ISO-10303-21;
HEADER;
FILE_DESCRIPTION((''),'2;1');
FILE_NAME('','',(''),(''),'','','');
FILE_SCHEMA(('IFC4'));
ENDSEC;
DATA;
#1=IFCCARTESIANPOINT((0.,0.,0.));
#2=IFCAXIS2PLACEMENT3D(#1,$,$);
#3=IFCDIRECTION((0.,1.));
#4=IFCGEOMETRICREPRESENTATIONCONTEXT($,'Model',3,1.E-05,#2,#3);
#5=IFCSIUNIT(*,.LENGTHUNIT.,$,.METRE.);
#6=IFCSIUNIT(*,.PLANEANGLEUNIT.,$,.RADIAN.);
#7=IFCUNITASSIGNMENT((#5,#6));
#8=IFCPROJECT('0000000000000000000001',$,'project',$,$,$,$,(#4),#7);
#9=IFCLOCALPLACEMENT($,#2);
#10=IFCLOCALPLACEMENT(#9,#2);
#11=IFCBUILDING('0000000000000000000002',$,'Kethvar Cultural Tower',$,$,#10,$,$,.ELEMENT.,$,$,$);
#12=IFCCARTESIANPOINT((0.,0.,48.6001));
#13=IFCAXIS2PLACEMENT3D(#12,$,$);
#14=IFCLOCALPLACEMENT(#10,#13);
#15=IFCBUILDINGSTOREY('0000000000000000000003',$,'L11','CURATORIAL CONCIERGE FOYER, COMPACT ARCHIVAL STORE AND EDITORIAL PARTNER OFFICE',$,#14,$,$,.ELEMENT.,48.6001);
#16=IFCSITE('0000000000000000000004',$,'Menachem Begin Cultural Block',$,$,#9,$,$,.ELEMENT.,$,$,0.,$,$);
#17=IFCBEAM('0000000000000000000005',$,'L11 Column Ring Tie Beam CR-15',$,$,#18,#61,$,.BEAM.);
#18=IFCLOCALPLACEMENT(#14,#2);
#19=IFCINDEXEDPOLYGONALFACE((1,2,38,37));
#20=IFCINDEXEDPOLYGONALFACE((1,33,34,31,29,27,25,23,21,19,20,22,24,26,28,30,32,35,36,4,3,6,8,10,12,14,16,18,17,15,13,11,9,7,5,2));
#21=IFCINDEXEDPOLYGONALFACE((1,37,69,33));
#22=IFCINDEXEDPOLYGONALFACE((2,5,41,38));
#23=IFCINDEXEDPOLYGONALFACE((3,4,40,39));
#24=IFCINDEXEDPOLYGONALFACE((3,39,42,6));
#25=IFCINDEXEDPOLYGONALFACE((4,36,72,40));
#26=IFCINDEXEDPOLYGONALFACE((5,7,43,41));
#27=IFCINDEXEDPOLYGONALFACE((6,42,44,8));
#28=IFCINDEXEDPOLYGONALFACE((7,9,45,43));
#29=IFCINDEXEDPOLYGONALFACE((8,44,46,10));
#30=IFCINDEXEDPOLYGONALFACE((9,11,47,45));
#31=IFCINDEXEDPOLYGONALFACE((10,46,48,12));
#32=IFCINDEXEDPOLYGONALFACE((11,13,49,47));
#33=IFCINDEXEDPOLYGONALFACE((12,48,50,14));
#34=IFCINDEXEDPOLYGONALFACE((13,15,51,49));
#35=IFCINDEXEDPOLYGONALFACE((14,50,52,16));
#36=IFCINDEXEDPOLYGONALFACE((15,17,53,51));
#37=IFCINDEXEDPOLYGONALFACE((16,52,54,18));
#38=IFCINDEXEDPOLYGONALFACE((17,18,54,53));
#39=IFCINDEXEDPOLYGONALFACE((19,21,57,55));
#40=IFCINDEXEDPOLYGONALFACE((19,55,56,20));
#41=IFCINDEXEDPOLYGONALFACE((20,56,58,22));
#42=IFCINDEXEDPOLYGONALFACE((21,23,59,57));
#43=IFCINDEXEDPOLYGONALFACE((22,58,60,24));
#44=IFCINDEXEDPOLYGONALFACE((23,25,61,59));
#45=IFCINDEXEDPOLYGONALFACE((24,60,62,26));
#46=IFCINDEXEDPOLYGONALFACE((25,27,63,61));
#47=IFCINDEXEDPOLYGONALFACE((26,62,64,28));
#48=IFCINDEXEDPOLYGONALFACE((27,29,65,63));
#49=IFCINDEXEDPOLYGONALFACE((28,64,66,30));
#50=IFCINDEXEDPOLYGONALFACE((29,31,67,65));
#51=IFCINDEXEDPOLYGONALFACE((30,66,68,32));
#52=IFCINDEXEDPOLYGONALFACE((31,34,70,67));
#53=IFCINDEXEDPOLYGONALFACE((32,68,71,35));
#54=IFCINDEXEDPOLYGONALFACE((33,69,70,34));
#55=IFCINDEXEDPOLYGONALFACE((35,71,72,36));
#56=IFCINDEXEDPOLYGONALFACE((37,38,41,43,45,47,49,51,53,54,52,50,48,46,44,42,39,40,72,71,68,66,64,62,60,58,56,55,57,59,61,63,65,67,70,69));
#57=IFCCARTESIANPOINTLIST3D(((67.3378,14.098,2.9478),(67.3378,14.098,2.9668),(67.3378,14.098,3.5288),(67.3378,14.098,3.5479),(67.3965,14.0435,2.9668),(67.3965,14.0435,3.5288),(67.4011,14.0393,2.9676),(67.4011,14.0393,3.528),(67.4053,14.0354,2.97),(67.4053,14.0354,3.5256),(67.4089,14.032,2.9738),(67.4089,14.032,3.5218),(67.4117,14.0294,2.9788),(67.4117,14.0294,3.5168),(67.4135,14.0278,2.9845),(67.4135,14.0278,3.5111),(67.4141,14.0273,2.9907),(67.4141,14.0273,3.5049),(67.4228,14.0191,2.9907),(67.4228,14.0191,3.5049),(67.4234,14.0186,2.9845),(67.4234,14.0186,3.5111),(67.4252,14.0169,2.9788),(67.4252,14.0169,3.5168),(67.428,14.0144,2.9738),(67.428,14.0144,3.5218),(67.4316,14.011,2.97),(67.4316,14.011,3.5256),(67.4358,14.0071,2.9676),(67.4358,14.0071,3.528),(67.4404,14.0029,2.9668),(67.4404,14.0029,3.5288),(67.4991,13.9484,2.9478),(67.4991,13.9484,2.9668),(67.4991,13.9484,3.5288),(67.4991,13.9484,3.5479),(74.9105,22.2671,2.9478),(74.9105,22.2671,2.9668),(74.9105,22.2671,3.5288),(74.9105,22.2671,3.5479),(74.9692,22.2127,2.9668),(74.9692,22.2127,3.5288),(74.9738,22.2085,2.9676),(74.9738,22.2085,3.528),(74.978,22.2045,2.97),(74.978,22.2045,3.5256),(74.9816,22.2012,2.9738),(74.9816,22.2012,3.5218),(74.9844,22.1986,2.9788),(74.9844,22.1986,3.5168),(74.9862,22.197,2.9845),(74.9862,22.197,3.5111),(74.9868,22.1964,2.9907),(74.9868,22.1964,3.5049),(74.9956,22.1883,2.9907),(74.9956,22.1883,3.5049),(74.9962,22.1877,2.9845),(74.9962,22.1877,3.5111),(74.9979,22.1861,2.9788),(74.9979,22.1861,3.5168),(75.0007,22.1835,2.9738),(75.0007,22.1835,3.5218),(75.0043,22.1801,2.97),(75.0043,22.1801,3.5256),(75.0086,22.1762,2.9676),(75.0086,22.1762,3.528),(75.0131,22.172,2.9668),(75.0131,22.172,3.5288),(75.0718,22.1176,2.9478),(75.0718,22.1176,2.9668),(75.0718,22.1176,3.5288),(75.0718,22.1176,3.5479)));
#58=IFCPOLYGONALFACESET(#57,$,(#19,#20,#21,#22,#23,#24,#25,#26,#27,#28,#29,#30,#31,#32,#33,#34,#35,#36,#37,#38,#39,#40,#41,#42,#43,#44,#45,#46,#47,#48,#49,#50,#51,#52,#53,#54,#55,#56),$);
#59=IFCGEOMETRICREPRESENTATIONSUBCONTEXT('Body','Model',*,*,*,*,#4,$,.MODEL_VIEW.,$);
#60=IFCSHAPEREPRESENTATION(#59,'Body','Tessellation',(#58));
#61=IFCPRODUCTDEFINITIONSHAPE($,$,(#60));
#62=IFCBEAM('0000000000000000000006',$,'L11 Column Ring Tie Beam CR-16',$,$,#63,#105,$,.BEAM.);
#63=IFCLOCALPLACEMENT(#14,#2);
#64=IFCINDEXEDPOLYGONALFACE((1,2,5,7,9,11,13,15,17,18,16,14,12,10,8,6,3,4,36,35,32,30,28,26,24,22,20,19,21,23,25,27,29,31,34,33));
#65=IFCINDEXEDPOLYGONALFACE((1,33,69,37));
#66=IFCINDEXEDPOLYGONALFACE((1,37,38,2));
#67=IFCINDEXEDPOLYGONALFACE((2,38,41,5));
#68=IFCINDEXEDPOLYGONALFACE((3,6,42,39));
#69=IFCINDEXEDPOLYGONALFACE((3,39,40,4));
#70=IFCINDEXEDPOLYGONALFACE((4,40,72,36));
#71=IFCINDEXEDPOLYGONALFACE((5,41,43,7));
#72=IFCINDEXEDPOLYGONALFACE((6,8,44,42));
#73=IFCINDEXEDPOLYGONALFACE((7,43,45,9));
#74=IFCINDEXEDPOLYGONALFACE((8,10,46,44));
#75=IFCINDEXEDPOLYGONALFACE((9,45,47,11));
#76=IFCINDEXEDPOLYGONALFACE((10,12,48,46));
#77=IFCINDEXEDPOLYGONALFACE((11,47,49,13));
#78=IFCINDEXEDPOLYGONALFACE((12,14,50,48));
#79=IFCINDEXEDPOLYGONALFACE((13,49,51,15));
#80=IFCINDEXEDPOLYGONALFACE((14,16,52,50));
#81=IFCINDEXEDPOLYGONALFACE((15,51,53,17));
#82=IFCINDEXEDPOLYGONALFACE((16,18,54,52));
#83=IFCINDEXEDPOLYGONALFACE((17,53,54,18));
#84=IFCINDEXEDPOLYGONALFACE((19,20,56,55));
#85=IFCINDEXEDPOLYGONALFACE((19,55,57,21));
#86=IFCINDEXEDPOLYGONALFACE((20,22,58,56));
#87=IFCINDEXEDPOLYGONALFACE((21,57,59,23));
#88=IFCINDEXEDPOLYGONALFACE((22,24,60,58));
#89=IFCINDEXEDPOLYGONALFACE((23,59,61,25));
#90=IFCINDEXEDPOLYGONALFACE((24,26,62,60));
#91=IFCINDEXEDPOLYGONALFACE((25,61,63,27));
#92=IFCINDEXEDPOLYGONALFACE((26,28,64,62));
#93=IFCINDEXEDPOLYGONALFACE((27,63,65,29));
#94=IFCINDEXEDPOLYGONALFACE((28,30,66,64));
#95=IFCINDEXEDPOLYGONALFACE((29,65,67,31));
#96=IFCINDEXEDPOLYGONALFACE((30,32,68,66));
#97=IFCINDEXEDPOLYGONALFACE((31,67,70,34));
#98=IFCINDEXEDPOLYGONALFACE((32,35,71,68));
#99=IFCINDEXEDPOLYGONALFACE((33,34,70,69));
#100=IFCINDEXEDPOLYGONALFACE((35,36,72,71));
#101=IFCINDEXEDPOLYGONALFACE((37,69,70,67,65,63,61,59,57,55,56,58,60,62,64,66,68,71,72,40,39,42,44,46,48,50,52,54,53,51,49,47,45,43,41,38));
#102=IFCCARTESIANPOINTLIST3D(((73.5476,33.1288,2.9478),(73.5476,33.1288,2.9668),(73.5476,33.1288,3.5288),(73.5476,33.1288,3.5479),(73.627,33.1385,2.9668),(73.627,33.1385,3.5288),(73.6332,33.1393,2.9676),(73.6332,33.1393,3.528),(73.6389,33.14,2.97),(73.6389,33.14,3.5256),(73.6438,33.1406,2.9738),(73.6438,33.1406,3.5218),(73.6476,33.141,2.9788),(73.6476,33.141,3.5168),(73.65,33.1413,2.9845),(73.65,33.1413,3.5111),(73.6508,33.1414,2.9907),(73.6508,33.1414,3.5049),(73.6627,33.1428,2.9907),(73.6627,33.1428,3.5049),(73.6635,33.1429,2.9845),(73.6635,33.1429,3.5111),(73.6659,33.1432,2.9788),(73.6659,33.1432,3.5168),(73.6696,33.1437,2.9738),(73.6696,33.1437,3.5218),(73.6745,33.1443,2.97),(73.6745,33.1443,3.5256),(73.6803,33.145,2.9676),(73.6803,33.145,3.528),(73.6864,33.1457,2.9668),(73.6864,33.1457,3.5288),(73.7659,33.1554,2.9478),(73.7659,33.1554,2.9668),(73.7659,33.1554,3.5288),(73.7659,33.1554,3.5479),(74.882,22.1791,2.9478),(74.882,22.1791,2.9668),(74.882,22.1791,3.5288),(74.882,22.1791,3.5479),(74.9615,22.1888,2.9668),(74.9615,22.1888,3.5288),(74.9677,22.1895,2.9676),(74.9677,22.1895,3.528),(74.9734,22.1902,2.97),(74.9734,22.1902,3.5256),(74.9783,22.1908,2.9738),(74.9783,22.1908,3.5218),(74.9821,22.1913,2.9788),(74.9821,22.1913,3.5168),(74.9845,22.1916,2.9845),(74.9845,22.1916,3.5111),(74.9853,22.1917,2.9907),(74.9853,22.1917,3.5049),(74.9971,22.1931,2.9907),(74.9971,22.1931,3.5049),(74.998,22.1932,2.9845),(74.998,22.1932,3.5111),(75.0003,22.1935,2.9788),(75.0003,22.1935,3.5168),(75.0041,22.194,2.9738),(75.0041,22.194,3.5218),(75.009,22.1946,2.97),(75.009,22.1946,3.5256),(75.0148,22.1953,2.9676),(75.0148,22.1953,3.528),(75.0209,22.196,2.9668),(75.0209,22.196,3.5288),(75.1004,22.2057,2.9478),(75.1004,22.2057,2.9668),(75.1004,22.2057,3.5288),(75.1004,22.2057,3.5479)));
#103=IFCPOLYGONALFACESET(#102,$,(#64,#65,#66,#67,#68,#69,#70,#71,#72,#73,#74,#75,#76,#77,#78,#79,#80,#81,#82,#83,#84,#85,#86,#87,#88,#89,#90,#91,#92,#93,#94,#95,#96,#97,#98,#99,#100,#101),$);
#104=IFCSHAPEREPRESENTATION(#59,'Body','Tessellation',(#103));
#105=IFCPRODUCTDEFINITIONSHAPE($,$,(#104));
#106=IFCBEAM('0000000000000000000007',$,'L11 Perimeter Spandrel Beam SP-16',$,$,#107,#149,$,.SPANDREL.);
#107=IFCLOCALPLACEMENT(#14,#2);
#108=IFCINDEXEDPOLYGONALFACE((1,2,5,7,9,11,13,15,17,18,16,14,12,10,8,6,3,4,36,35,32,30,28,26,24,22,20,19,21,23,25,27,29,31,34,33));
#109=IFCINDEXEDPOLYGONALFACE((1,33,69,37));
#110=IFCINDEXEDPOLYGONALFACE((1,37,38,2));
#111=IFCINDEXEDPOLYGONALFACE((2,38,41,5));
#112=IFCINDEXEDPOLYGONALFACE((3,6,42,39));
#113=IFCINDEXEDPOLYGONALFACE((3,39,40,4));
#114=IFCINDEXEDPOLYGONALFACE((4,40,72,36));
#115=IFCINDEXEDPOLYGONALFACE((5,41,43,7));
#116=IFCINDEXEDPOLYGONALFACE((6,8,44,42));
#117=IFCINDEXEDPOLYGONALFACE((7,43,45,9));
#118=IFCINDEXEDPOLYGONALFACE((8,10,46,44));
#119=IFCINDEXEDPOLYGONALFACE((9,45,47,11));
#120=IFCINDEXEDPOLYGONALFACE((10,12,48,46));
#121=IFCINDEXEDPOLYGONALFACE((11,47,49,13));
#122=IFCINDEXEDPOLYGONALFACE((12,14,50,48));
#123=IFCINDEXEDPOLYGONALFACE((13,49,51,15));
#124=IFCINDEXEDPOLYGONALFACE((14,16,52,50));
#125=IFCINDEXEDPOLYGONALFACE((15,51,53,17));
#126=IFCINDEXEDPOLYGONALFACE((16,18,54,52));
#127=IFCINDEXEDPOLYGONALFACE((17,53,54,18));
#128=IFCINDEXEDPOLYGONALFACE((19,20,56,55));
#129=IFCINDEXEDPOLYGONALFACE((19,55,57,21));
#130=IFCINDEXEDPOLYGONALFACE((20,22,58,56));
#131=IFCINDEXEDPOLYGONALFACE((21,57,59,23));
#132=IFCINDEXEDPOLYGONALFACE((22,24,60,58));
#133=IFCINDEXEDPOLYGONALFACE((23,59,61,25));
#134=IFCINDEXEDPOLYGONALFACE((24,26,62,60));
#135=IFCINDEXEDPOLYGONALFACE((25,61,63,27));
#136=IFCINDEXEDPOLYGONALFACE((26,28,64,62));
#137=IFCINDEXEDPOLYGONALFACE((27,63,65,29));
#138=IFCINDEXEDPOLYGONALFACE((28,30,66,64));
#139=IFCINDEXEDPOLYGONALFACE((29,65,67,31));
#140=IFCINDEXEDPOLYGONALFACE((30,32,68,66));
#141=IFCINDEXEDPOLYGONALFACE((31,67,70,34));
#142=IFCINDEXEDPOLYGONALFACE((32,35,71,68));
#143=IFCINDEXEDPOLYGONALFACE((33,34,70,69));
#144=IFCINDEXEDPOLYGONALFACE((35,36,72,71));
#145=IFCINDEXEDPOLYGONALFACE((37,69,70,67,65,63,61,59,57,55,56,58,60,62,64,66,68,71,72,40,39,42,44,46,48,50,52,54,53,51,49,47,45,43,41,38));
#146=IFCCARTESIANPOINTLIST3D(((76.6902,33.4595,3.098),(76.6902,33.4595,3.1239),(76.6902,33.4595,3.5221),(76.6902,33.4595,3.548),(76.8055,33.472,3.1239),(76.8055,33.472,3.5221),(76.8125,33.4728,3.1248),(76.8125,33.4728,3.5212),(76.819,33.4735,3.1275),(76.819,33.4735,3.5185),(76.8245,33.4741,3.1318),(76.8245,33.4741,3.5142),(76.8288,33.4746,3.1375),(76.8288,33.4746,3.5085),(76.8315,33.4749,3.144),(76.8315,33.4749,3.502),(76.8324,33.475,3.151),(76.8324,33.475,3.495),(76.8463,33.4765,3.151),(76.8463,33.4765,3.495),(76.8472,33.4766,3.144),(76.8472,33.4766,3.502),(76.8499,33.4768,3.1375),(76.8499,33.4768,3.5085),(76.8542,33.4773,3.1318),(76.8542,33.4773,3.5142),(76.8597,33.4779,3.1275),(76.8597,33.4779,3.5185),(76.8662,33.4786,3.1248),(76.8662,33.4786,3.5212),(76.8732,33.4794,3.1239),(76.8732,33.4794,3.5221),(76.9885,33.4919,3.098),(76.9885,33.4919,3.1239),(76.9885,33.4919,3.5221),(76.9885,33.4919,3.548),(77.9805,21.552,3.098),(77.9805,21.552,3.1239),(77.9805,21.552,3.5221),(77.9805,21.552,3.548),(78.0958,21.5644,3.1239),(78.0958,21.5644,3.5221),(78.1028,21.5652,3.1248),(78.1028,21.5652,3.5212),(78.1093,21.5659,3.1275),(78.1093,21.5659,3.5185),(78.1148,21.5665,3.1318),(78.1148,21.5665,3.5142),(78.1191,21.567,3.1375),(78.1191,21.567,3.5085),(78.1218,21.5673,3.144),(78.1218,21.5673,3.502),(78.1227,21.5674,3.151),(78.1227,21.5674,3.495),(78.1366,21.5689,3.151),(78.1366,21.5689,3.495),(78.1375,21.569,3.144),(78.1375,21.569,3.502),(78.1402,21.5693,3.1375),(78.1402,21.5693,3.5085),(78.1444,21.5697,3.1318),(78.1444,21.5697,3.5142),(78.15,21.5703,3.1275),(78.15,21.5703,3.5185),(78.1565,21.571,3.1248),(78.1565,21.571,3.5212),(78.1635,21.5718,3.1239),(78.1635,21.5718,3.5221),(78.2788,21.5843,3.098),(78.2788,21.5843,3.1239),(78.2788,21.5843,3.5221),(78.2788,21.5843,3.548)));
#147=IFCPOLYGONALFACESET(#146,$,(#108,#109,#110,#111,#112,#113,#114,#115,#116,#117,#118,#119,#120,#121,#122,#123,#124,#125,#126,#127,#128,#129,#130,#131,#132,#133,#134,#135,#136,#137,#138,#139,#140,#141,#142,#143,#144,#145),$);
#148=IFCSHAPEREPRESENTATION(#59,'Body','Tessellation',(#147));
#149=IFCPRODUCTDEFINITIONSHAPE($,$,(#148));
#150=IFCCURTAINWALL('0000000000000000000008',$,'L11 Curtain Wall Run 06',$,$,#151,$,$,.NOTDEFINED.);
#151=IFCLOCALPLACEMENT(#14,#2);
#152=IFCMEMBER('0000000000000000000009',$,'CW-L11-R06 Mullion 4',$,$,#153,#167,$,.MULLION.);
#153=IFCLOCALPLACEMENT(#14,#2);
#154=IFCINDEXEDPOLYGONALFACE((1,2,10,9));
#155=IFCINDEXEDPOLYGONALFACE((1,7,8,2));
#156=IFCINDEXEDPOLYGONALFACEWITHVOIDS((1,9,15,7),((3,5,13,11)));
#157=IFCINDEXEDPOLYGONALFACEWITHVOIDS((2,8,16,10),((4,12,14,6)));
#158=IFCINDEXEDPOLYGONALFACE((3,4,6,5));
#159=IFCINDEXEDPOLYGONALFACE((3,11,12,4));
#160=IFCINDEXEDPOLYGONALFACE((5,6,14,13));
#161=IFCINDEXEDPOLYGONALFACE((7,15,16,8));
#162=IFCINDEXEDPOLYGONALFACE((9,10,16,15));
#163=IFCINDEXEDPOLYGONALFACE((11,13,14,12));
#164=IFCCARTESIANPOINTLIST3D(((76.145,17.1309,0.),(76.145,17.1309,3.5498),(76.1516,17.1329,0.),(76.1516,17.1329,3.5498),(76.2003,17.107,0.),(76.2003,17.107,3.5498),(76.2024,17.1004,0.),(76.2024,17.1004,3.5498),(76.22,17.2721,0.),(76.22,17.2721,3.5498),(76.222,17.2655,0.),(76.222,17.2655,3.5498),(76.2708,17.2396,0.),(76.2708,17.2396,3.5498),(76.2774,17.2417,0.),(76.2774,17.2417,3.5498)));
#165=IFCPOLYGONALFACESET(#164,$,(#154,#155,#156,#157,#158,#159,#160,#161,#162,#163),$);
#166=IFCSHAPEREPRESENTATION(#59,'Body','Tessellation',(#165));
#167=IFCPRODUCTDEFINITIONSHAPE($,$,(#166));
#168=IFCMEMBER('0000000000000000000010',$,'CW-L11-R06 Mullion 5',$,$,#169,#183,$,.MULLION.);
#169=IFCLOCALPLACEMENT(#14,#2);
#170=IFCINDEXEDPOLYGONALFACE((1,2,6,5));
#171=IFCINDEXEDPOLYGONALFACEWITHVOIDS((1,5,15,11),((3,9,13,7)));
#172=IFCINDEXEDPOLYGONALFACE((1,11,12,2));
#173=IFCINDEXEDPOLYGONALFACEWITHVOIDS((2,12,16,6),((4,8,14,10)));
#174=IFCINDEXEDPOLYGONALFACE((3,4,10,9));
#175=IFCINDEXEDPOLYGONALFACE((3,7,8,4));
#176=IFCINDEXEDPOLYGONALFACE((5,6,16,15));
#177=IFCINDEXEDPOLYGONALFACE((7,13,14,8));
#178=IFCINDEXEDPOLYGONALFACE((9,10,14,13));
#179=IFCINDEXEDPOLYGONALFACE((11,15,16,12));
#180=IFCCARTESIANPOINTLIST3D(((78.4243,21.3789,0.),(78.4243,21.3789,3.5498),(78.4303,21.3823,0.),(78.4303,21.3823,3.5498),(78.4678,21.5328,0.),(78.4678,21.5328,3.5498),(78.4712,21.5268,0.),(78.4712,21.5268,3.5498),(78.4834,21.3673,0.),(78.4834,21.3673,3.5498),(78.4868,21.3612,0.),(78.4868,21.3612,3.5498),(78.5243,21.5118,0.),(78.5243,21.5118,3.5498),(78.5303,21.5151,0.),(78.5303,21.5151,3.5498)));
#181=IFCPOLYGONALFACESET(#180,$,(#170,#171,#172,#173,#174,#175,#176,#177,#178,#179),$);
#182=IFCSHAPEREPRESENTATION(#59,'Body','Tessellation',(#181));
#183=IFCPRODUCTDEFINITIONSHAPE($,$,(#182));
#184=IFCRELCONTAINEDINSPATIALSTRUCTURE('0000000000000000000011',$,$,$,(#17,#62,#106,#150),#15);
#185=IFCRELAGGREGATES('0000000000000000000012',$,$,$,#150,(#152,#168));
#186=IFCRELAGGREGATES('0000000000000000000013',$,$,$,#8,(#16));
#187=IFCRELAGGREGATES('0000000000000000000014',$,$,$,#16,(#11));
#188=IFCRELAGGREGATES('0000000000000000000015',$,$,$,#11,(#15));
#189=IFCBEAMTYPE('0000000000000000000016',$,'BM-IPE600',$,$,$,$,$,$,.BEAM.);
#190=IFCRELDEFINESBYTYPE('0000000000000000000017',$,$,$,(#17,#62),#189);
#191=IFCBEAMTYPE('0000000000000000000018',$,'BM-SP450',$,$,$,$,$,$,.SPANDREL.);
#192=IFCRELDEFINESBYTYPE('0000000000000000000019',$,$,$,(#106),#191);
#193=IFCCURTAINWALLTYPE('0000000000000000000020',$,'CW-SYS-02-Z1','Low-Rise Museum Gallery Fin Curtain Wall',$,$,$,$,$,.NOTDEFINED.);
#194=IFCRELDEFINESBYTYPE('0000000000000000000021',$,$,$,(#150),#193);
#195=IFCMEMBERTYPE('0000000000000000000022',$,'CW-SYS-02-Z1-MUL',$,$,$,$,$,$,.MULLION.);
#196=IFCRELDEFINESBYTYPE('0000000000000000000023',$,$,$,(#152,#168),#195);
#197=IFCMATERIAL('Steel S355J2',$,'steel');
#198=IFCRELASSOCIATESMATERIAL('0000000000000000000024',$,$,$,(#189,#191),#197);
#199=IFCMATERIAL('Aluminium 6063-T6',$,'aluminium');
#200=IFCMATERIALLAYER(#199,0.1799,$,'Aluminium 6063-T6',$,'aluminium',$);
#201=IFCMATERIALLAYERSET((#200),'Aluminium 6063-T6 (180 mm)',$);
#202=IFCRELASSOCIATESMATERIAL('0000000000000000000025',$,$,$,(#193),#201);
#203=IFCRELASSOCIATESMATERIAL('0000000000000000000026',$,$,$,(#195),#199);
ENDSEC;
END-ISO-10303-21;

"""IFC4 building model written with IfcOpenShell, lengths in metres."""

from ifc_helpers import new_model, si_unit, direction, frame, origin, origin_2d, place, context, subcontext, project, spatial, hollow_rectangle, i_section, extrude, source, transform, mapped, material, layer, layer_set, material_profile, profile_set, type_object, element, aggregate, save


model = new_model("IFC4")

# Units and contexts
model_context = context("Model", 3, precision=1e-05, world=origin(), true_north=direction((0.0, 1.0)))
body_context = subcontext(model_context, "Body", "Model", "MODEL_VIEW")
ifc_project = project(units=[si_unit("LENGTHUNIT", "METRE"), si_unit("PLANEANGLEUNIT", "RADIAN")], contexts=[model_context])

# Site, building, storey
site_placement = place(None, origin())
site = spatial("IfcSite", under=ifc_project, at=site_placement, Name="Menachem Begin Cultural Block", CompositionType="ELEMENT", RefElevation=0.0)
building_placement = place(site_placement, origin())
building = spatial("IfcBuilding", under=site, at=building_placement, Name="Kethvar Cultural Tower", CompositionType="ELEMENT")
storey_placement = place(building_placement, frame((0.0, 0.0, 48.6001)))
storey = spatial("IfcBuildingStorey", under=building, at=storey_placement, Name="L11", Description="CURATORIAL CONCIERGE FOYER, COMPACT ARCHIVAL STORE AND EDITORIAL PARTNER OFFICE", CompositionType="ELEMENT", Elevation=48.6001)

# Beams
ifc_material_1 = material(Name="Steel S355J2", Category="steel")
ifc_material_profile_1 = material_profile(ifc_material_1, i_section(OverallWidth=0.22, OverallDepth=0.6001, WebThickness=0.012, FlangeThickness=0.019, FilletRadius=0.0239, at=origin_2d()), Name="Steel S355J2 — IPE600")
ifc_profile_set_1 = profile_set([ifc_material_profile_1], Name="Steel S355J2 — IPE600")
beam_type_1 = type_object("IfcBeamType", Name="BM-IPE600", PredefinedType="BEAM", material=ifc_profile_set_1)
shared_shape_1 = source(origin(), body_context, "Body", "SweptSolid", [
    extrude(i_section(OverallWidth=0.22, OverallDepth=0.6001, WebThickness=0.012, FlangeThickness=0.019, FilletRadius=0.0239, at=origin_2d()), origin(), (0.0, 0.0, 1.0), 11.1392),
])
beam_1_placement = place(storey_placement, frame((67.4185, 14.0232, 3.2478), z_axis=(0.679828, 0.733372, 0.0), x_axis=(-0.733372, 0.679828, 0.0)))
element("IfcBeam", 1, at=beam_1_placement, inside=storey, type_object=beam_type_1, Name="L11 Column Ring Tie Beam CR-15", PredefinedType="BEAM", context=body_context, shape_type="MappedRepresentation", body=[
    mapped(shared_shape_1, transform((0.0, 0.0, 0.0), scale=1.0)),
])
shared_shape_2 = source(origin(), body_context, "Body", "SweptSolid", [
    extrude(i_section(OverallWidth=0.22, OverallDepth=0.6001, WebThickness=0.012, FlangeThickness=0.019, FilletRadius=0.0239, at=origin_2d()), origin(), (0.0, 0.0, 1.0), 11.0308),
])
beam_2_placement = place(storey_placement, frame((74.9912, 22.1924, 3.2478), z_axis=(-0.120978, 0.992655, 0.0), x_axis=(-0.992655, -0.120978, 0.0)))
element("IfcBeam", 2, at=beam_2_placement, inside=storey, type_object=beam_type_1, Name="L11 Column Ring Tie Beam CR-16", PredefinedType="BEAM", context=body_context, shape_type="MappedRepresentation", body=[
    mapped(shared_shape_2, transform((0.0, 0.0, 0.0), scale=1.0)),
])
ifc_material_profile_2 = material_profile(ifc_material_1, i_section(OverallWidth=0.3, OverallDepth=0.45, WebThickness=0.0139, FlangeThickness=0.0259, FilletRadius=0.0271, at=origin_2d()), Name="Steel S355J2 — HEB450")
ifc_profile_set_2 = profile_set([ifc_material_profile_2], Name="Steel S355J2 — HEB450")
beam_type_2 = type_object("IfcBeamType", Name="BM-SP450", PredefinedType="SPANDREL", material=ifc_profile_set_2)
shared_shape_3 = source(origin(), body_context, "Body", "SweptSolid", [
    extrude(i_section(OverallWidth=0.3, OverallDepth=0.45, WebThickness=0.0139, FlangeThickness=0.0259, FilletRadius=0.0271, at=origin_2d()), origin(), (0.0, 0.0, 1.0), 11.9773),
])
beam_3_placement = place(storey_placement, frame((78.1296, 21.5681, 3.323), z_axis=(-0.107729, 0.99418, 0.0), x_axis=(-0.99418, -0.107729, 0.0)))
element("IfcBeam", 3, at=beam_3_placement, inside=storey, type_object=beam_type_2, Name="L11 Perimeter Spandrel Beam SP-16", PredefinedType="SPANDREL", context=body_context, shape_type="MappedRepresentation", body=[
    mapped(shared_shape_3, transform((0.0, 0.0, 0.0), scale=1.0)),
])

# Curtain wall, members
ifc_material_2 = material(Name="Aluminium 6063-T6", Category="aluminium")
ifc_layer_1 = layer(ifc_material_2, 0.1799, Name="Aluminium 6063-T6", Category="aluminium")
ifc_layer_set_1 = layer_set([ifc_layer_1], Name="Aluminium 6063-T6 (180 mm)")
curtain_wall_type = type_object("IfcCurtainWallType", Name="CW-SYS-02-Z1", Description="Low-Rise Museum Gallery Fin Curtain Wall", PredefinedType="NOTDEFINED", material=ifc_layer_set_1)
curtain_wall_placement = place(storey_placement, origin())
curtain_wall = element("IfcCurtainWall", 4, at=curtain_wall_placement, inside=storey, type_object=curtain_wall_type, Name="L11 Curtain Wall Run 06", PredefinedType="NOTDEFINED")
ifc_material_profile_3 = material_profile(ifc_material_2, hollow_rectangle(XDim=0.0649, YDim=0.1599, WallThickness=0.0049, at=origin_2d()), Name="Aluminium 6063-T6 — RHS160x65x5")
ifc_profile_set_3 = profile_set([ifc_material_profile_3], Name="Aluminium 6063-T6 — RHS160x65x5")
member_type_1 = type_object("IfcMemberType", Name="CW-SYS-02-Z1-MUL", PredefinedType="MULLION", material=ifc_profile_set_3)
shared_shape_4 = source(origin(), body_context, "Body", "SweptSolid", [
    extrude(hollow_rectangle(XDim=0.0649, YDim=0.1599, WallThickness=0.0049, at=origin_2d()), origin(), (0.0, 0.0, 1.0), 3.5498),
])
member_1_placement = place(storey_placement, frame((76.2112, 17.1863, 0.0), z_axis=(0.0, 0.0, 1.0), x_axis=(-0.883177, 0.46904, 0.0)))
member_1 = element("IfcMember", 5, at=member_1_placement, type_object=member_type_1, Name="CW-L11-R06 Mullion 4", PredefinedType="MULLION", context=body_context, shape_type="MappedRepresentation", body=[
    mapped(shared_shape_4, transform((0.0, 0.0, 0.0), scale=1.0)),
])
member_2_placement = place(storey_placement, frame((78.4773, 21.447, 0.0), z_axis=(0.0, 0.0, 1.0), x_axis=(-0.962294, 0.272012, 0.0)))
member_2 = element("IfcMember", 6, at=member_2_placement, type_object=member_type_1, Name="CW-L11-R06 Mullion 5", PredefinedType="MULLION", context=body_context, shape_type="MappedRepresentation", body=[
    mapped(shared_shape_4, transform((0.0, 0.0, 0.0), scale=1.0)),
])
aggregate(curtain_wall, [member_1, member_2])

save(model, "model.ifc")
